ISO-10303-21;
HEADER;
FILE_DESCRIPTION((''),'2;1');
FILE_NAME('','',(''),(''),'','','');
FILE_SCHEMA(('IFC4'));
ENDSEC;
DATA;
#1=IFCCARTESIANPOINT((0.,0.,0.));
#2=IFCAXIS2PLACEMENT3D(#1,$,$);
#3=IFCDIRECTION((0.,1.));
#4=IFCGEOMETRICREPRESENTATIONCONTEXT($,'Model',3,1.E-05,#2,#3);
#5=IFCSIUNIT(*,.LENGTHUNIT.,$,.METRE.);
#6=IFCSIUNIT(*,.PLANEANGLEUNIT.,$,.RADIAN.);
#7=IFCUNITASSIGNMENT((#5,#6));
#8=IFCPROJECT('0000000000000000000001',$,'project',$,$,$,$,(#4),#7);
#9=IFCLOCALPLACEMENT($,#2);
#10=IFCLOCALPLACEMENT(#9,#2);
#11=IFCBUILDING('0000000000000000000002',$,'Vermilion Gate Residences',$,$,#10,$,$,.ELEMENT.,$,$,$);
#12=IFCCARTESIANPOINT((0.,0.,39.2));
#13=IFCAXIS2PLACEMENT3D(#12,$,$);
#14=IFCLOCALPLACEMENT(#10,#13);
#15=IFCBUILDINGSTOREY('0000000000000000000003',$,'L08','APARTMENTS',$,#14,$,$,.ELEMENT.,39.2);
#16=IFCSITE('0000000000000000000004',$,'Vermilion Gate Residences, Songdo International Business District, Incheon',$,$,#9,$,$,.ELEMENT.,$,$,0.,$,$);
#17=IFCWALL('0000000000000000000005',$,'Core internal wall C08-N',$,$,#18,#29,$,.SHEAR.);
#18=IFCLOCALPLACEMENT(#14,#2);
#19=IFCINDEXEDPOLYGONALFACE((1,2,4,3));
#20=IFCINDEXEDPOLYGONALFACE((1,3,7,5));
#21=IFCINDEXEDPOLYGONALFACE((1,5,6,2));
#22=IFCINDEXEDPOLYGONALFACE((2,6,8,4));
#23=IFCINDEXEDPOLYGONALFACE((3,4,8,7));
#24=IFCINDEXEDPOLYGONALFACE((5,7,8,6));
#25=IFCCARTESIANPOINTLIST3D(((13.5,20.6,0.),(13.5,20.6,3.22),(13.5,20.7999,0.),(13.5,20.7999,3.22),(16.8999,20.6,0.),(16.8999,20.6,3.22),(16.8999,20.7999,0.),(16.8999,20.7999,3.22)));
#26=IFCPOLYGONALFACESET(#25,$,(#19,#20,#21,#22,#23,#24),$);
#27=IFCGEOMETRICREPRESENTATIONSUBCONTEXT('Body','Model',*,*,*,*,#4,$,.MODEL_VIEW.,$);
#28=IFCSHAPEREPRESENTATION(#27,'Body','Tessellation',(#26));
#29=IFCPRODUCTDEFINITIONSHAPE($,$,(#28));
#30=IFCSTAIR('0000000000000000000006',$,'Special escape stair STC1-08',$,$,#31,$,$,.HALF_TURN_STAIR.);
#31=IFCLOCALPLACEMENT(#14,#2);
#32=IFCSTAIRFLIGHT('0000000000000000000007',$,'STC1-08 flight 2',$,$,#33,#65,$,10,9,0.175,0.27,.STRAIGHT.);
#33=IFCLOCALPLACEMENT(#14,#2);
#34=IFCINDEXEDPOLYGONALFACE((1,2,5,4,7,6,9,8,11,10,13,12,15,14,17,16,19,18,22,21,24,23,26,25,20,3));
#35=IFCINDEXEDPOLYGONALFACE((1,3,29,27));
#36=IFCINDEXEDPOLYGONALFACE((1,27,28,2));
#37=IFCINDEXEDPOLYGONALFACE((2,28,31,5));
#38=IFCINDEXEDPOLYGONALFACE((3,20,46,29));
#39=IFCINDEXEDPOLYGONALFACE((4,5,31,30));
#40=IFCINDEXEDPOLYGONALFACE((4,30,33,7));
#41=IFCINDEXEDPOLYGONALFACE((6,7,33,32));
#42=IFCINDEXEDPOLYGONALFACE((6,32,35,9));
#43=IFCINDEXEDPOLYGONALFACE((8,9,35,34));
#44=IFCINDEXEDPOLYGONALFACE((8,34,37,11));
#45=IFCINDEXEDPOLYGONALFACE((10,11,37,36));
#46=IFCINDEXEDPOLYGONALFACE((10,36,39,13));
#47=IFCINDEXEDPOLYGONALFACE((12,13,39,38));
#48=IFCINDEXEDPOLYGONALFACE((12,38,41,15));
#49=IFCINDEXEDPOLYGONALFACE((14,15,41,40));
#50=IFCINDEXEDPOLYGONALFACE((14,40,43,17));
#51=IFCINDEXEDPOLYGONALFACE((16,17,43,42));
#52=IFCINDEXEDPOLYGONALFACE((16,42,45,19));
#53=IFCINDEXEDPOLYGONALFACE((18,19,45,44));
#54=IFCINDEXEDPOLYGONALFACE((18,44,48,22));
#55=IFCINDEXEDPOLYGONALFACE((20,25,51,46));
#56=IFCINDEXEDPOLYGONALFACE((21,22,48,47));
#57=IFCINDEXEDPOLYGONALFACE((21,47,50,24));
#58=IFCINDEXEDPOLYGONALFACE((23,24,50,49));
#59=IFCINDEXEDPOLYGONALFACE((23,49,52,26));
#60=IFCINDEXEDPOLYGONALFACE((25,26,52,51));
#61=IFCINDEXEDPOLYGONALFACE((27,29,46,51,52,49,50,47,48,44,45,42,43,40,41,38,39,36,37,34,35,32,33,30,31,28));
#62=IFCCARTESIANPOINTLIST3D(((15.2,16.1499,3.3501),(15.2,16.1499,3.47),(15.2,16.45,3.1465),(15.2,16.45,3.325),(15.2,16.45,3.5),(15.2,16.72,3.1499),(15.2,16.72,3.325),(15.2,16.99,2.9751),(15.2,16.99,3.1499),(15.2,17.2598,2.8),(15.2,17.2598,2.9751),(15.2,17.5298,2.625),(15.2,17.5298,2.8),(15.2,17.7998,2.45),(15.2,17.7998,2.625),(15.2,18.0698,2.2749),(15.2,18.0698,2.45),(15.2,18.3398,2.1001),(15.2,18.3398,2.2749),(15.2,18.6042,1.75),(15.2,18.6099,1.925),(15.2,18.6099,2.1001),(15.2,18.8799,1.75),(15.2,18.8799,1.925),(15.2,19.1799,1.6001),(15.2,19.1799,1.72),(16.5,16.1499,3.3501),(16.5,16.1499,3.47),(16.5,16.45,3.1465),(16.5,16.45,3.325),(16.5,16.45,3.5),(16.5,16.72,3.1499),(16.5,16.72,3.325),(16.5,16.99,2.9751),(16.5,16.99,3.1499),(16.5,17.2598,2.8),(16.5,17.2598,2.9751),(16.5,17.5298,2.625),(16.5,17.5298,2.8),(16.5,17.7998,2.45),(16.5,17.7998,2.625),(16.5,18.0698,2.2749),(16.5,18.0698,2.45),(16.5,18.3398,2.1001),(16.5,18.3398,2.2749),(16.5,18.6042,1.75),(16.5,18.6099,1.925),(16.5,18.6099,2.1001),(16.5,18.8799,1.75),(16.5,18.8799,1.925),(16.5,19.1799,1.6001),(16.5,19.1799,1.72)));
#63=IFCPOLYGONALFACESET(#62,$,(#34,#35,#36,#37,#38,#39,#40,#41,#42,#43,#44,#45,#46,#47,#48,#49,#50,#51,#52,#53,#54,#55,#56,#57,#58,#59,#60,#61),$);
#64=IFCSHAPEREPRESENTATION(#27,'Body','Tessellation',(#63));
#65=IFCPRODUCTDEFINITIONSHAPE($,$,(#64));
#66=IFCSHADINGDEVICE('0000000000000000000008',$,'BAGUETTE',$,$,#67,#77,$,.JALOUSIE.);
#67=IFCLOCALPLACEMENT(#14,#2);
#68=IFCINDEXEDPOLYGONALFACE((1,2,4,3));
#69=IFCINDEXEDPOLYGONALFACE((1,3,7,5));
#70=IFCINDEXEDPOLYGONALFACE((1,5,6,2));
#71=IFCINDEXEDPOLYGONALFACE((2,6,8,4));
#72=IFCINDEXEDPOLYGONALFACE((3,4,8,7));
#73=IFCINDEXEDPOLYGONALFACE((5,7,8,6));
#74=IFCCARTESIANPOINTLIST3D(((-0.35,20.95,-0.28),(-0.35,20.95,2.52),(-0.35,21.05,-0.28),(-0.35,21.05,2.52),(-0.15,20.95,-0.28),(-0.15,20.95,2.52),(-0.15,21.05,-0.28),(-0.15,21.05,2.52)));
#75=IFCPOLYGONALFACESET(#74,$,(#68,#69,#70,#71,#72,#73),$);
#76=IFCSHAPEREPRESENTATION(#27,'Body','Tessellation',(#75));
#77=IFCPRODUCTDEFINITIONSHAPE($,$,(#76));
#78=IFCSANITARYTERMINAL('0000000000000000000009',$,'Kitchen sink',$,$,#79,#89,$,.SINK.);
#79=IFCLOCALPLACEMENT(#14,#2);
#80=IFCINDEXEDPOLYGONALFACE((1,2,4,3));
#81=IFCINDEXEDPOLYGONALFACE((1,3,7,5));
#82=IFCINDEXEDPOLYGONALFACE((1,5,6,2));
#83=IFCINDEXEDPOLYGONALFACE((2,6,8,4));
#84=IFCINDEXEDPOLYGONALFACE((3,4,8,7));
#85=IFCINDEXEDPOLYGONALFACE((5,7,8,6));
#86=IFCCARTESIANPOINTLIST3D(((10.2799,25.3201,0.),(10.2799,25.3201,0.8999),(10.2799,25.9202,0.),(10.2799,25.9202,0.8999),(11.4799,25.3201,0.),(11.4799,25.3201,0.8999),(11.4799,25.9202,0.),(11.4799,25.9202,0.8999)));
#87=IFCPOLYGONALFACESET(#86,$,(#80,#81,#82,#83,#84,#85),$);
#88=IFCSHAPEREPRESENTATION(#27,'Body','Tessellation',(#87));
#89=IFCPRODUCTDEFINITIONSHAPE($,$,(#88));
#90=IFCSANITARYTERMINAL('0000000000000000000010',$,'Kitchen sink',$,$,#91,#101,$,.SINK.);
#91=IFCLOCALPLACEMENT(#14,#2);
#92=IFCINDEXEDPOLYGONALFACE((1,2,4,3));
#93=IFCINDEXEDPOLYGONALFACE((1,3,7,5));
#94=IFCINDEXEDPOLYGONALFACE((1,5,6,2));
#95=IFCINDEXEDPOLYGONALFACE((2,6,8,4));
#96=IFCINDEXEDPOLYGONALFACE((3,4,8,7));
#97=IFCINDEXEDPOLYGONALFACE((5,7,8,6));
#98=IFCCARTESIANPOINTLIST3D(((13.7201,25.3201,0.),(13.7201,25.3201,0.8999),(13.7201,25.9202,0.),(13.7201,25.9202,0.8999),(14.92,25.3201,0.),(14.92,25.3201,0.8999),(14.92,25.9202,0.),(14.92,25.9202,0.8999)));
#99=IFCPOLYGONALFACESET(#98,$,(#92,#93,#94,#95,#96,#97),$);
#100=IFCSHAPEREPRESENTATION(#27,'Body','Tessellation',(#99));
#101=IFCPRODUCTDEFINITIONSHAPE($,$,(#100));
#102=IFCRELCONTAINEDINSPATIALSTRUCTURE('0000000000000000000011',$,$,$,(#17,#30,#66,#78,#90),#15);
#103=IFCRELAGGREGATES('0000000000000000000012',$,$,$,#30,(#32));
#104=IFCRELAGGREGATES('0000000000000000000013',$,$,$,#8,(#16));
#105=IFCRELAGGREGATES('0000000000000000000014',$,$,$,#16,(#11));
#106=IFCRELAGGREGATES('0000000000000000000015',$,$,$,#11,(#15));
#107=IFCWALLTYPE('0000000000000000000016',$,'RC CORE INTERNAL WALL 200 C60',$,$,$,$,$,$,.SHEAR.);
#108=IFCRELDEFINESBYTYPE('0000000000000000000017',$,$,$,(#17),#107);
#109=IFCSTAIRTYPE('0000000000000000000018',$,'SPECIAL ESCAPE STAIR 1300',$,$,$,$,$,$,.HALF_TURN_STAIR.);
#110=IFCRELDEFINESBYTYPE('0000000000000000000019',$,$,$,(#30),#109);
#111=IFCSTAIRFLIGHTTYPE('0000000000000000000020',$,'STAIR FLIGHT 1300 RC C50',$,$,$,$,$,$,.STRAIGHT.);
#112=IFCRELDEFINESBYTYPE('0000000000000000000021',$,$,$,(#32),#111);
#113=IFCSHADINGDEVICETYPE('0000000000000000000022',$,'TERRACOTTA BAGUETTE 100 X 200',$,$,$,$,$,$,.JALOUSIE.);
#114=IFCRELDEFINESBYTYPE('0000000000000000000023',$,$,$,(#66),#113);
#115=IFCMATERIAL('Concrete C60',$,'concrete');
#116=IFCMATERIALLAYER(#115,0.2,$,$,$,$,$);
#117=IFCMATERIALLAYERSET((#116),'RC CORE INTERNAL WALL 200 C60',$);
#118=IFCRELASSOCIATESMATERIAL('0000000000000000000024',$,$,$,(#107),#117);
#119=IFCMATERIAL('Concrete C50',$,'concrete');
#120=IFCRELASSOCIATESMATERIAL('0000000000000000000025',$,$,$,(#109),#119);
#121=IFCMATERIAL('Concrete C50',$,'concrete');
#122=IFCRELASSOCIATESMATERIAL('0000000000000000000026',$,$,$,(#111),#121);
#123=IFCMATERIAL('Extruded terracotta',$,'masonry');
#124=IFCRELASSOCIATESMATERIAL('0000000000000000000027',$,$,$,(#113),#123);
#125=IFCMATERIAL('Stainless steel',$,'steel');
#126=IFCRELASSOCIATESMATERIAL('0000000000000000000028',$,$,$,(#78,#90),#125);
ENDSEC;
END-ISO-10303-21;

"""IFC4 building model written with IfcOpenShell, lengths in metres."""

from ifc_helpers import new_model, si_unit, direction, frame, frame_2d, origin, origin_2d, place, context, subcontext, project, spatial, polyline, rectangle, outline, extrude, material, layer, layer_set, material_profile, profile_set, type_object, element, aggregate, save


model = new_model("IFC4")

# Units and contexts
model_context = context("Model", 3, precision=1e-05, world=origin(), true_north=direction((0.0, 1.0)))
body_context = subcontext(model_context, "Body", "Model", "MODEL_VIEW")
ifc_project = project(units=[si_unit("LENGTHUNIT", "METRE"), si_unit("PLANEANGLEUNIT", "RADIAN")], contexts=[model_context])

# Site, building, storey
site_placement = place(None, origin())
site = spatial("IfcSite", under=ifc_project, at=site_placement, Name="Vermilion Gate Residences, Songdo International Business District, Incheon", CompositionType="ELEMENT", RefElevation=0.0)
building_placement = place(site_placement, origin())
building = spatial("IfcBuilding", under=site, at=building_placement, Name="Vermilion Gate Residences", CompositionType="ELEMENT")
storey_placement = place(building_placement, frame((0.0, 0.0, 39.2)))
storey = spatial("IfcBuildingStorey", under=building, at=storey_placement, Name="L08", Description="APARTMENTS", CompositionType="ELEMENT", Elevation=39.2)

# Wall
ifc_material_1 = material(Name="Concrete C60", Category="concrete")
ifc_layer_1 = layer(ifc_material_1, 0.2)
ifc_layer_set_1 = layer_set([ifc_layer_1], Name="RC CORE INTERNAL WALL 200 C60")
wall_type_1 = type_object("IfcWallType", Name="RC CORE INTERNAL WALL 200 C60", PredefinedType="SHEAR", material=ifc_layer_set_1)
wall_1_placement = place(storey_placement, frame((13.5, 20.7, 0.0), z_axis=(0.0, 0.0, 1.0), x_axis=(1.0, 0.0, 0.0)))
element("IfcWall", 1, at=wall_1_placement, inside=storey, type_object=wall_type_1, Name="Core internal wall C08-N", PredefinedType="SHEAR", context=body_context, shape_type="SweptSolid", body=[
    extrude(rectangle(XDim=3.3999, YDim=0.2, at=frame_2d((1.7, 0.0))), origin(), (0.0, 0.0, 1.0), 3.22),
])

# Stair, stair flight
ifc_material_2 = material(Name="Concrete C50", Category="concrete")
stair_type = type_object("IfcStairType", Name="SPECIAL ESCAPE STAIR 1300", PredefinedType="HALF_TURN_STAIR", material=ifc_material_2)
stair_placement = place(storey_placement, origin())
stair = element("IfcStair", 2, at=stair_placement, inside=storey, type_object=stair_type, Name="Special escape stair STC1-08", PredefinedType="HALF_TURN_STAIR")
ifc_material_3 = material(Name="Concrete C50", Category="concrete")
stair_flight_type = type_object("IfcStairFlightType", Name="STAIR FLIGHT 1300 RC C50", PredefinedType="STRAIGHT", material=ifc_material_3)
stair_flight_placement = place(storey_placement, frame((15.8501, 18.8799, 1.75), z_axis=(0.0, 0.0, 1.0), x_axis=(0.0, -1.0, 0.0)))
stair_flight = element("IfcStairFlight", 3, at=stair_flight_placement, type_object=stair_flight_type, Name="STC1-08 flight 2", NumberOfRisers=10, NumberOfTreads=9, PredefinedType="STRAIGHT", RiserHeight=0.175, TreadLength=0.27, context=body_context, shape_type="SweptSolid", body=[
    extrude(outline(polyline([(-0.3, -0.1499), (-0.3, -0.03), (0.0, 0.0), (0.0, 0.175), (0.27, 0.175), (0.27, 0.3501), (0.54, 0.3501), (0.54, 0.5249), (0.8101, 0.5249), (0.8101, 0.7), (1.0801, 0.7), (1.0801, 0.875), (1.3501, 0.875), (1.3501, 1.05), (1.6201, 1.05), (1.6201, 1.2251), (1.8899, 1.2251), (1.8899, 1.3999), (2.1599, 1.3999), (2.1599, 1.575), (2.4299, 1.575), (2.4299, 1.75), (2.73, 1.72), (2.73, 1.6001), (2.4299, 1.3965), (0.2756, 0.0), (-0.3, -0.1499)])), frame((0.0, 0.6499, 0.0), z_axis=(0.0, -1.0, 0.0), x_axis=(1.0, 0.0, 0.0)), (0.0, 0.0, 1.0), 1.3),
])
aggregate(stair, [stair_flight])

# Shading device
ifc_material_4 = material(Name="Extruded terracotta", Category="masonry")
ifc_material_profile_1 = material_profile(ifc_material_4, rectangle(XDim=0.2, YDim=0.1001, at=origin_2d()), Name="BAGUETTE 100 X 200")
ifc_profile_set_1 = profile_set([ifc_material_profile_1], Name="Extruded terracotta")
shading_device_type = type_object("IfcShadingDeviceType", Name="TERRACOTTA BAGUETTE 100 X 200", PredefinedType="JALOUSIE", material=ifc_profile_set_1)
shading_device_placement = place(storey_placement, frame((-0.25, 21.0, -0.28), z_axis=(0.0, 0.0, 1.0), x_axis=(1.0, 0.0, 0.0)))
element("IfcShadingDevice", 4, at=shading_device_placement, inside=storey, type_object=shading_device_type, Name="BAGUETTE", PredefinedType="JALOUSIE", context=body_context, shape_type="SweptSolid", body=[
    extrude(rectangle(XDim=0.2, YDim=0.1001, at=origin_2d()), origin(), (0.0, 0.0, 1.0), 2.8),
])

# Sanitary terminals
ifc_material_5 = material(Name="Stainless steel", Category="steel")
for number, where, z_axis, x_axis, name in (
    (5, (10.8799, 25.6201, 0.0), (0.0, 0.0, 1.0), (1.0, 0.0, 0.0), "Kitchen sink"),
    (6, (14.3201, 25.6201, 0.0), (0.0, 0.0, 1.0), (1.0, 0.0, 0.0), "Kitchen sink"),
):
    element("IfcSanitaryTerminal", number, at=place(storey_placement, frame(where, z_axis=z_axis, x_axis=x_axis)), inside=storey, material=ifc_material_5, Name=name, PredefinedType="SINK", context=body_context, shape_type="SweptSolid", body=[
        extrude(rectangle(XDim=1.2, YDim=0.6001, at=origin_2d()), origin(), (0.0, 0.0, 1.0), 0.8999),
    ])

save(model, "model.ifc")
